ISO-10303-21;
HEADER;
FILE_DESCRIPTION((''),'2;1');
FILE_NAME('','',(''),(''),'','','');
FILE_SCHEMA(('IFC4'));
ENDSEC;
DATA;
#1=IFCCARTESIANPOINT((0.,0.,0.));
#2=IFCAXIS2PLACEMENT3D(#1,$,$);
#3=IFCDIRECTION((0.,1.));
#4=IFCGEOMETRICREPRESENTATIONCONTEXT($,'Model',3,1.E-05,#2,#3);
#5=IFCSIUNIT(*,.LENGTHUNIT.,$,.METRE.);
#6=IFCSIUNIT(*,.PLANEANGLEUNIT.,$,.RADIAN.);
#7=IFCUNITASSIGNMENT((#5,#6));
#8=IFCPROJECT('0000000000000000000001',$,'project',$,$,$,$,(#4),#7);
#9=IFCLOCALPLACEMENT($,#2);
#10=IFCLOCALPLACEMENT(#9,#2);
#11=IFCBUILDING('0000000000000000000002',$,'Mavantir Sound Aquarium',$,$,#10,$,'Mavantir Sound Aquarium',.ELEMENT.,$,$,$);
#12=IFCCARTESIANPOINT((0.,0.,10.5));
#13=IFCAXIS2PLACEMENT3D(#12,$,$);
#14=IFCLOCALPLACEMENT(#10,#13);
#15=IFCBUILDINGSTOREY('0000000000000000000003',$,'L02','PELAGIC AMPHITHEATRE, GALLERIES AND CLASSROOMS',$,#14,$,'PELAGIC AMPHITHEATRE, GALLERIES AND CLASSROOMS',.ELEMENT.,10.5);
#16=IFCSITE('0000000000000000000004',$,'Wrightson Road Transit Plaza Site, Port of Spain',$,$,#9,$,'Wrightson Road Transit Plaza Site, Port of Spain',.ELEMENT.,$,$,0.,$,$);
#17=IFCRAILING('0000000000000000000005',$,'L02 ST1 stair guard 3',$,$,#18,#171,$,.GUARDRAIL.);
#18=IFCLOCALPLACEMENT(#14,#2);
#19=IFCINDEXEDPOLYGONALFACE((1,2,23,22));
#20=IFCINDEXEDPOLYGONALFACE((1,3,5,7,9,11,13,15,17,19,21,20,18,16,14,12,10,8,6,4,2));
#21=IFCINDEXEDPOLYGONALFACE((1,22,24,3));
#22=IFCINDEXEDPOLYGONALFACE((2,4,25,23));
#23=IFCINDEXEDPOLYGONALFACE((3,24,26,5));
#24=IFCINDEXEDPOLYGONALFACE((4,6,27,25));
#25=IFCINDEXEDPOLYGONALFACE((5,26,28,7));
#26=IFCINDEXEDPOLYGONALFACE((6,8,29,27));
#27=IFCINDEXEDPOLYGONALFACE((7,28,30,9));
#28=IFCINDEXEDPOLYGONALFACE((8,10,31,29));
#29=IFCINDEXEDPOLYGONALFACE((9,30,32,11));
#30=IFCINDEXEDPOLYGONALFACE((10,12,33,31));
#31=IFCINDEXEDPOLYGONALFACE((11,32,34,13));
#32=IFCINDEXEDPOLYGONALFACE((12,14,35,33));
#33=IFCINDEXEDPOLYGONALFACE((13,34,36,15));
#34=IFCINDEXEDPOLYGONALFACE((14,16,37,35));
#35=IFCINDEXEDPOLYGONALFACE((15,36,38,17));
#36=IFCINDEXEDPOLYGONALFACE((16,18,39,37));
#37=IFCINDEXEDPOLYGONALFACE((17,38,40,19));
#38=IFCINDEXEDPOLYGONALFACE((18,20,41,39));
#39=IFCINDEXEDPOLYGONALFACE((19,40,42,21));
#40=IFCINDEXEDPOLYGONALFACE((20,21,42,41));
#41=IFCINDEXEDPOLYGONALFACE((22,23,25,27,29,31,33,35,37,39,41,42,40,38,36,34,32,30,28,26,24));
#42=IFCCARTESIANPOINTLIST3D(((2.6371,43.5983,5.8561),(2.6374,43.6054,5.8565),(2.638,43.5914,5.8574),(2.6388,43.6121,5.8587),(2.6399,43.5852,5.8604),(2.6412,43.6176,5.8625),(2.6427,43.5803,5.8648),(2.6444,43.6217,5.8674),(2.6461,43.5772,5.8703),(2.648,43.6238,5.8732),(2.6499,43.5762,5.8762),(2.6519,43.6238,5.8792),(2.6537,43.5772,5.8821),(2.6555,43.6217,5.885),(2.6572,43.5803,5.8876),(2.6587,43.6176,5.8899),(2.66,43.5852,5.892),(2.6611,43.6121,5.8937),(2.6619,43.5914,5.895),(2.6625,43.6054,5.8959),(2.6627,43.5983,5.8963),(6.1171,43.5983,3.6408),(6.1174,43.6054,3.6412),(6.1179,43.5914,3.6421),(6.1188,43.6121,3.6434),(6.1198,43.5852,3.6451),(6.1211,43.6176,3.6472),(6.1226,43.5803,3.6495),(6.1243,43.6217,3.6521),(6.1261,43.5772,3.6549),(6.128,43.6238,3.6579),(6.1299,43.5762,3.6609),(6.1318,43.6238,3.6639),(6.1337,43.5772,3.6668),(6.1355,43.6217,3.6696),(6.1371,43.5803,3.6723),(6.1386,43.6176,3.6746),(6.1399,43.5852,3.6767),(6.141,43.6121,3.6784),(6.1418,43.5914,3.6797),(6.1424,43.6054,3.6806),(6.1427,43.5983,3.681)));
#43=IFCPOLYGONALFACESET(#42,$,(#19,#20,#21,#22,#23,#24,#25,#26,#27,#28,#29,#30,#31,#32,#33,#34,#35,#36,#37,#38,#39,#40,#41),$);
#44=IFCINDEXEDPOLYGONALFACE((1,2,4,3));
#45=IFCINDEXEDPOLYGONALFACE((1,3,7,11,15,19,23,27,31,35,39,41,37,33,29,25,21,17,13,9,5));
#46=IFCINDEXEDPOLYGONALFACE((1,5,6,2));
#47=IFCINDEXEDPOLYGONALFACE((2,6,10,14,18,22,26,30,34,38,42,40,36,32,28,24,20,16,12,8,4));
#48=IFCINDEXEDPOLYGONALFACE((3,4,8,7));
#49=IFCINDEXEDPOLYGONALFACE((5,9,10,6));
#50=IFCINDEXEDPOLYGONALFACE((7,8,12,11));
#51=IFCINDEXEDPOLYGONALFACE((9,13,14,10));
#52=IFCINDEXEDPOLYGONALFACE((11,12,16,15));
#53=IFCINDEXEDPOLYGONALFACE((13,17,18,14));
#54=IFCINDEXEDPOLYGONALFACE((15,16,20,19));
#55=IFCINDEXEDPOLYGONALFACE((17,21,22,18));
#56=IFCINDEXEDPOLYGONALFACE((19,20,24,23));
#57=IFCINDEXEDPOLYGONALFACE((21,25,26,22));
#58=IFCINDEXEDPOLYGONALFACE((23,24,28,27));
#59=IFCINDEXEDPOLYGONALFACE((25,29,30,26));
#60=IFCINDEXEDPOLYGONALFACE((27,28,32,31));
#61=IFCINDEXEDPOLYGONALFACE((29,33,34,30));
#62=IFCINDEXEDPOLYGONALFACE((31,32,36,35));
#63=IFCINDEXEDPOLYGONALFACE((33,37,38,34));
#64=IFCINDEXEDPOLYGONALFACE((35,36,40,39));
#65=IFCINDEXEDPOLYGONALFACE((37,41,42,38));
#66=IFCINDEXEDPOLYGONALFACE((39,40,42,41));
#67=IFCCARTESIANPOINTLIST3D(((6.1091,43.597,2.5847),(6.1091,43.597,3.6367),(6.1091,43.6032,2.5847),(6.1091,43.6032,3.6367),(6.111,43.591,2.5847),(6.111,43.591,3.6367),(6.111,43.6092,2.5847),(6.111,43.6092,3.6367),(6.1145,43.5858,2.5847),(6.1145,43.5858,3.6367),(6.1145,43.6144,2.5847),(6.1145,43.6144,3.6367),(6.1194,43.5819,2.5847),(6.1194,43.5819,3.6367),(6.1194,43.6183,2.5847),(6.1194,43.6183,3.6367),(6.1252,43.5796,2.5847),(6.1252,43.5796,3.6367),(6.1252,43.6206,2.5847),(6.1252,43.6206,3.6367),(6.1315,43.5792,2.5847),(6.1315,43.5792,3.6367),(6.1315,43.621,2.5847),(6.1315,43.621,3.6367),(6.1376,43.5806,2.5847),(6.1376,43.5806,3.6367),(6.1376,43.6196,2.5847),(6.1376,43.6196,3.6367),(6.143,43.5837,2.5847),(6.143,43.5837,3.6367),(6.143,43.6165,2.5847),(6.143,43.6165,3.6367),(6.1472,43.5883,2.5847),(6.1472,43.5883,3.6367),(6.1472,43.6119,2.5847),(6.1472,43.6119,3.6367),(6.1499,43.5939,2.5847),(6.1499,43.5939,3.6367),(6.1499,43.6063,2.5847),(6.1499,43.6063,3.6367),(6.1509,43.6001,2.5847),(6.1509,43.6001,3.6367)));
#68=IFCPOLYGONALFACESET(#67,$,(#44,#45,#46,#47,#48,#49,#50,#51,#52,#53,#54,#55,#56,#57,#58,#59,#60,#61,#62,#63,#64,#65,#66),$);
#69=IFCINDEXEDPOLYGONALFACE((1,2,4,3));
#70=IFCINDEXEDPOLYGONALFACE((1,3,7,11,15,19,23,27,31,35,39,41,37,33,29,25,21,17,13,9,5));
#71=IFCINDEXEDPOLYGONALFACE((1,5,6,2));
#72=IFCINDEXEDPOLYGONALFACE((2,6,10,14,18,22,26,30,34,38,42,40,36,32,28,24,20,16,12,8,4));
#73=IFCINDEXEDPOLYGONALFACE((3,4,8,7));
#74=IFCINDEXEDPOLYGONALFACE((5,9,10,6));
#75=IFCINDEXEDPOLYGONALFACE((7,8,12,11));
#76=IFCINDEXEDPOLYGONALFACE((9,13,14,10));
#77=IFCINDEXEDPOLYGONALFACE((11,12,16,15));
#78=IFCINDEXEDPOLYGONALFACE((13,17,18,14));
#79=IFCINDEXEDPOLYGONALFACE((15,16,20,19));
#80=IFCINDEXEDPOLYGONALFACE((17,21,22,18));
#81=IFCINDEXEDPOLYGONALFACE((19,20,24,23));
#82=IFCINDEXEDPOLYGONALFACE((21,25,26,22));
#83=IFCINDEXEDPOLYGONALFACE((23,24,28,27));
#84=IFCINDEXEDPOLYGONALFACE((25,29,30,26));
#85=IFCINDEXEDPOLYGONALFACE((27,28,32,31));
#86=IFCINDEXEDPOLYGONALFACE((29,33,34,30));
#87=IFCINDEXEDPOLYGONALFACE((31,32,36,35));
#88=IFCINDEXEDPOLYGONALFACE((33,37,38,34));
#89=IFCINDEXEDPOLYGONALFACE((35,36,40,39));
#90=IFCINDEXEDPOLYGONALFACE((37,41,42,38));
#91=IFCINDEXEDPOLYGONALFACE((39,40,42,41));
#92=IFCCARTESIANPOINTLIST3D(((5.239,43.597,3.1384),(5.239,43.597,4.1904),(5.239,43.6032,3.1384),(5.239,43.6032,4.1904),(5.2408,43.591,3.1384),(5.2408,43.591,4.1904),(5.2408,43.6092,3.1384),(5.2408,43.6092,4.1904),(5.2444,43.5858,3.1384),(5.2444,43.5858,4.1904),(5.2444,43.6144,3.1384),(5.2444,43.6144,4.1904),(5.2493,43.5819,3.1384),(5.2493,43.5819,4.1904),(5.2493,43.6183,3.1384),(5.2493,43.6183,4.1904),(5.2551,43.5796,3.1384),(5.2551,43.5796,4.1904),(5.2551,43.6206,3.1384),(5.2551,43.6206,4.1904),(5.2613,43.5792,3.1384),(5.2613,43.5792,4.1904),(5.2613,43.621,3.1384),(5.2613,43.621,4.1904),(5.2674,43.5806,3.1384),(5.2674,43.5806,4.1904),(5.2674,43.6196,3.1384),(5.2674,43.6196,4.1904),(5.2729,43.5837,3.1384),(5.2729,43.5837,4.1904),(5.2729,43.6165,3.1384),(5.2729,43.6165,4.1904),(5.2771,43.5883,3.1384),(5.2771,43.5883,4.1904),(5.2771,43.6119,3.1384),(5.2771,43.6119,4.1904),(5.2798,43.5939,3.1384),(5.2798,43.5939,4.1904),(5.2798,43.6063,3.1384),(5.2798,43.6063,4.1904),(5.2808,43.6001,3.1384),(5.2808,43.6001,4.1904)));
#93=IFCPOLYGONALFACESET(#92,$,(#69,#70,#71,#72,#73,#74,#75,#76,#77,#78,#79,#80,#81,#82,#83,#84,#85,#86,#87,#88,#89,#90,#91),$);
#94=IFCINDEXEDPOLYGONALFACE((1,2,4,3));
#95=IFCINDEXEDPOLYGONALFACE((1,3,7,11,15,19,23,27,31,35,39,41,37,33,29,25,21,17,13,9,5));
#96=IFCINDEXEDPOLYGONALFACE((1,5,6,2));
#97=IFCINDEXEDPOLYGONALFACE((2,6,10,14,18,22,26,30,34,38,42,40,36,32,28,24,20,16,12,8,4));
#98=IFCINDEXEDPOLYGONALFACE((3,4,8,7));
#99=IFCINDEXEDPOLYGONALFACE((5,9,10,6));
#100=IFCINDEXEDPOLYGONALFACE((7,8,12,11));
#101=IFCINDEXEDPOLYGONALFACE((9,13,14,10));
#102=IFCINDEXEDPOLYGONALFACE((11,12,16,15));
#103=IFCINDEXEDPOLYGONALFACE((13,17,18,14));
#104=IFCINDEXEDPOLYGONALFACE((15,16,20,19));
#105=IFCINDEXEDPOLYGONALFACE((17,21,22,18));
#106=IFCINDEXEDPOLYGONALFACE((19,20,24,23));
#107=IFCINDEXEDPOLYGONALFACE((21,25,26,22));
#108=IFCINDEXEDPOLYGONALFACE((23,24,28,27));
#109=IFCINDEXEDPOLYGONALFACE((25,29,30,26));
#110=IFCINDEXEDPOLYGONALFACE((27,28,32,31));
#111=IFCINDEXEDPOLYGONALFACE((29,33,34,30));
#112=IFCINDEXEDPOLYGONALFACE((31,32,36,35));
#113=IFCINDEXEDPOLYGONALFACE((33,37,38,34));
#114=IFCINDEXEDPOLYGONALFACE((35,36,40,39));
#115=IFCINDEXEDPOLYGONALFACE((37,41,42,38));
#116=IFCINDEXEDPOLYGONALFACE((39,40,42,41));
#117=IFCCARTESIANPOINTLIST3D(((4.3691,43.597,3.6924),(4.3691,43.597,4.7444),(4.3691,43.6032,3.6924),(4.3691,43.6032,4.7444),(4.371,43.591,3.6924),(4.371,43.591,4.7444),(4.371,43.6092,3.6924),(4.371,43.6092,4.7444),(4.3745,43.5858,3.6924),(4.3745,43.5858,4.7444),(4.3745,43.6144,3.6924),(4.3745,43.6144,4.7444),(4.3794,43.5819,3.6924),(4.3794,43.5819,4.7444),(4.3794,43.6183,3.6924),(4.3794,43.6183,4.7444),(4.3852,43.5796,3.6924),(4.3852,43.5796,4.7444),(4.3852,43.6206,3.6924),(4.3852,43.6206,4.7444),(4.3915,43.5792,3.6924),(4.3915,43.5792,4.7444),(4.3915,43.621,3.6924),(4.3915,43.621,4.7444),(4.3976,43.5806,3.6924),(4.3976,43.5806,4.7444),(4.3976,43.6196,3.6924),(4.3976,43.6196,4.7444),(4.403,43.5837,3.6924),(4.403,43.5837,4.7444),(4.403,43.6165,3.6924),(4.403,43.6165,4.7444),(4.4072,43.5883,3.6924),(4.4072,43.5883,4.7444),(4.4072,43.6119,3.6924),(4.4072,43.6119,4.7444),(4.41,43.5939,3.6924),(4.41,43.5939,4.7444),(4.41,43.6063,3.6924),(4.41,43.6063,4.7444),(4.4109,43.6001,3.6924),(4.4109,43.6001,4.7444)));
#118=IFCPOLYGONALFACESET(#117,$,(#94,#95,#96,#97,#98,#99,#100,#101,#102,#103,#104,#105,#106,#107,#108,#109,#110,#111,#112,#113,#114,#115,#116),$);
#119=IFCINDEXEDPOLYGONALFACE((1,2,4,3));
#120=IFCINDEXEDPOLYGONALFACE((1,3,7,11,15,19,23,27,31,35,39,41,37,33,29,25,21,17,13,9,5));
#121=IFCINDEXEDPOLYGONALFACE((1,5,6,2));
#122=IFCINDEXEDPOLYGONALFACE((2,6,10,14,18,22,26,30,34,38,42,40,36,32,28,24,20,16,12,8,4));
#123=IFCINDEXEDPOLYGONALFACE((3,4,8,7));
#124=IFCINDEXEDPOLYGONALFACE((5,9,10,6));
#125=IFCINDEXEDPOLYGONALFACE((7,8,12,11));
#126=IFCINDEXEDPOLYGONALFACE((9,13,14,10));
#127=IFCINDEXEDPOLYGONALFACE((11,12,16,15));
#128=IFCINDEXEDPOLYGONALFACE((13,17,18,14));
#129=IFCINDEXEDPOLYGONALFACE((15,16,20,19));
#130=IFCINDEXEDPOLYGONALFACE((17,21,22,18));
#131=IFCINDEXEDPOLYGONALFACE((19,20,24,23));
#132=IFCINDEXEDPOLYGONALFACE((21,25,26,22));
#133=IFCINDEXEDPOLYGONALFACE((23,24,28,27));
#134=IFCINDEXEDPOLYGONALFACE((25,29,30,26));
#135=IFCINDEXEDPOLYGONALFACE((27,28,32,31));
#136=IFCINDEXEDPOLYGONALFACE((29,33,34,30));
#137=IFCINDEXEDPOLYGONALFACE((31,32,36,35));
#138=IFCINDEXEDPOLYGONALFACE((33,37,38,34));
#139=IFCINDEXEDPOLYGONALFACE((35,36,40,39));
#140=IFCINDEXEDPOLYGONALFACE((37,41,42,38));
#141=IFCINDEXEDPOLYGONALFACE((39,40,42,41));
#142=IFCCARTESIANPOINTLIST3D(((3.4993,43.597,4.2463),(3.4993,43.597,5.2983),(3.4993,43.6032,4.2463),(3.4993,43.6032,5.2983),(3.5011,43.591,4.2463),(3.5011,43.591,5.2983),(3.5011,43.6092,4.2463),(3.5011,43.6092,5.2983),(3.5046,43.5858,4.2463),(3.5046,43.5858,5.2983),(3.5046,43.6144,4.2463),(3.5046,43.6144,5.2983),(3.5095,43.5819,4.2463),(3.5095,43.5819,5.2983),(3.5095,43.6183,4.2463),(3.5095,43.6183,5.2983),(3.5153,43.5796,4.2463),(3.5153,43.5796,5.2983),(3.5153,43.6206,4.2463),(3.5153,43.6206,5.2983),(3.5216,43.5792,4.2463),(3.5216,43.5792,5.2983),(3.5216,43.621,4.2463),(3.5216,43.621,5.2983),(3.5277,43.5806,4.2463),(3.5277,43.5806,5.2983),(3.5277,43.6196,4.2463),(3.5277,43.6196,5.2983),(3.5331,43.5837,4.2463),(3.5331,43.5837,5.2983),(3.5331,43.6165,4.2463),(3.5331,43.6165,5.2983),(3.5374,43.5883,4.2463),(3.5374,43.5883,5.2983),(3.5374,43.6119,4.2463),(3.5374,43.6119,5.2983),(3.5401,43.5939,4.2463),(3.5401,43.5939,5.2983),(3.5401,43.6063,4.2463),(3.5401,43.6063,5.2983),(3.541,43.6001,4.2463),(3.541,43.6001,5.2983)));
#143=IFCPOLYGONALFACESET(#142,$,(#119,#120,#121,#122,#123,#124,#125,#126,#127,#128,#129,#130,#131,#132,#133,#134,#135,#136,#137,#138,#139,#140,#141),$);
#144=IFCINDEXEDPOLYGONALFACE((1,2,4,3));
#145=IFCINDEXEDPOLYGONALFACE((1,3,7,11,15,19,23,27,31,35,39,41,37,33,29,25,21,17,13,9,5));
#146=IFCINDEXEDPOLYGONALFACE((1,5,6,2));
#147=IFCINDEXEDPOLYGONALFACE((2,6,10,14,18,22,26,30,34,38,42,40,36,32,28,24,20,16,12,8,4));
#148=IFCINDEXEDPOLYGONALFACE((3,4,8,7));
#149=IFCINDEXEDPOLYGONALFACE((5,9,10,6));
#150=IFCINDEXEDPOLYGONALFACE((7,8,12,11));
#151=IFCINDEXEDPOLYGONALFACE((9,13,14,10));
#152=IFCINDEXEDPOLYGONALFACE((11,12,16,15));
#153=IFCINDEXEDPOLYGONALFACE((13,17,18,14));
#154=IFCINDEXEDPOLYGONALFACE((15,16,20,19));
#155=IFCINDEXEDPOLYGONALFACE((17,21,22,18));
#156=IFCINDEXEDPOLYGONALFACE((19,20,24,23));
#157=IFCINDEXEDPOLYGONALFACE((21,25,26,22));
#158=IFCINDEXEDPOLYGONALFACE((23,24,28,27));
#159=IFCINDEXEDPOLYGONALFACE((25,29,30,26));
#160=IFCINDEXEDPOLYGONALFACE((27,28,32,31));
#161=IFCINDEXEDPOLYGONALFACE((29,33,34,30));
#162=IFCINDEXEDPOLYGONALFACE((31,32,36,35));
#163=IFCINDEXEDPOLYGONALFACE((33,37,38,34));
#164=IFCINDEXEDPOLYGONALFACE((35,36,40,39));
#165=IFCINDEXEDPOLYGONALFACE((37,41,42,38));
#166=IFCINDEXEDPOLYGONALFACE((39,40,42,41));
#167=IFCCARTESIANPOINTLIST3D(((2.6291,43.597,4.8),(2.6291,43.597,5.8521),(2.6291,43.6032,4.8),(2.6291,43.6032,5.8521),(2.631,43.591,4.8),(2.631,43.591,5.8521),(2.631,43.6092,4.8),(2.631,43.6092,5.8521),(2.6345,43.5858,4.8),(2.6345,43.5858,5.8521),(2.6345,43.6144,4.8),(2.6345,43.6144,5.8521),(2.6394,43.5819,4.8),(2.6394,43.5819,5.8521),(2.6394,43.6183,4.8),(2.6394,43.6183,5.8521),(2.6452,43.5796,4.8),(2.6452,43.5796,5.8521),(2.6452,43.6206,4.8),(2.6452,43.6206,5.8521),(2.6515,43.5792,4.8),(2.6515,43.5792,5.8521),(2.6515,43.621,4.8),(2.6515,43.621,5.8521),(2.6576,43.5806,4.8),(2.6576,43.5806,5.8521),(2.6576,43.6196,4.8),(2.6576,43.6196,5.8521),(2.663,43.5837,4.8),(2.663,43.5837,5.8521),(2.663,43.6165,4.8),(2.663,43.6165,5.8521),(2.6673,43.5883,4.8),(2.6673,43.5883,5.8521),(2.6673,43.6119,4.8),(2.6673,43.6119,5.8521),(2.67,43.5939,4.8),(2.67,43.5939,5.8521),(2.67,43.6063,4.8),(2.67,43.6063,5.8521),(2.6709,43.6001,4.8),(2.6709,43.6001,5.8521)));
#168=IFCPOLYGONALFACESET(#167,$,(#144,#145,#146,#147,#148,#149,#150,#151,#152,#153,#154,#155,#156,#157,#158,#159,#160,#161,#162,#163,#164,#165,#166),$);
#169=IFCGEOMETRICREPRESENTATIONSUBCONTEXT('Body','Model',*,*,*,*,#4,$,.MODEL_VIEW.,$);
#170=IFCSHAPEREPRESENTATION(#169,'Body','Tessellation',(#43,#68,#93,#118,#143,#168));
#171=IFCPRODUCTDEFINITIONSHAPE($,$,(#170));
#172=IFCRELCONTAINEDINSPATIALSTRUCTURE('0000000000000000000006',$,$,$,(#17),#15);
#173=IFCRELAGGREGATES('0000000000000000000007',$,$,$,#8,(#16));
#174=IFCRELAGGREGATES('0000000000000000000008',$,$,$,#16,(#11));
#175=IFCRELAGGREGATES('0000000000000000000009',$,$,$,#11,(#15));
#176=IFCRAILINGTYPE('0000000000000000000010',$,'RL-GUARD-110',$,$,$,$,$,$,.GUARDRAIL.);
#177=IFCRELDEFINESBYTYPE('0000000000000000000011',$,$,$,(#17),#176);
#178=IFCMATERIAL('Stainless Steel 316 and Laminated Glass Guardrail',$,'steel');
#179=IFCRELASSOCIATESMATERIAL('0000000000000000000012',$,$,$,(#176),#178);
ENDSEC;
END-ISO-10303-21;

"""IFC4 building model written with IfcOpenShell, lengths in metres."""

from ifc_helpers import new_model, si_unit, direction, frame, origin, origin_2d, place, context, subcontext, project, spatial, circle, extrude, material, type_object, element, save


model = new_model("IFC4")

# Units and contexts
model_context = context("Model", 3, precision=1e-05, world=origin(), true_north=direction((0.0, 1.0)))
body_context = subcontext(model_context, "Body", "Model", "MODEL_VIEW")
ifc_project = project(units=[si_unit("LENGTHUNIT", "METRE"), si_unit("PLANEANGLEUNIT", "RADIAN")], contexts=[model_context])

# Site, building, storey
site_placement = place(None, origin())
site = spatial("IfcSite", under=ifc_project, at=site_placement, Name="Wrightson Road Transit Plaza Site, Port of Spain", LongName="Wrightson Road Transit Plaza Site, Port of Spain", CompositionType="ELEMENT", RefElevation=0.0)
building_placement = place(site_placement, origin())
building = spatial("IfcBuilding", under=site, at=building_placement, Name="Mavantir Sound Aquarium", LongName="Mavantir Sound Aquarium", CompositionType="ELEMENT")
storey_placement = place(building_placement, frame((0.0, 0.0, 10.5)))
storey = spatial("IfcBuildingStorey", under=building, at=storey_placement, Name="L02", Description="PELAGIC AMPHITHEATRE, GALLERIES AND CLASSROOMS", LongName="PELAGIC AMPHITHEATRE, GALLERIES AND CLASSROOMS", CompositionType="ELEMENT", Elevation=10.5)

# Railing
ifc_material_1 = material(Name="Stainless Steel 316 and Laminated Glass Guardrail", Category="steel")
railing_type_1 = type_object("IfcRailingType", Name="RL-GUARD-110", PredefinedType="GUARDRAIL", material=ifc_material_1)
railing_1_placement = place(storey_placement, frame((6.1299, 43.6001, 2.5847)))
element("IfcRailing", 1, at=railing_1_placement, inside=storey, type_object=railing_type_1, Name="L02 ST1 stair guard 3", PredefinedType="GUARDRAIL", context=body_context, shape_type="SweptSolid", body=[
    extrude(circle(Radius=0.0239, at=origin_2d()), frame((0.0, 0.0, 1.0762), z_axis=(-0.843574, 0.0, 0.537013), x_axis=(0.0, -1.0, 0.0)), (0.0, 0.0, 1.0), 4.1252),
    extrude(circle(Radius=0.021, at=origin_2d()), origin(), (0.0, 0.0, 1.0), 1.052),
    extrude(circle(Radius=0.021, at=origin_2d()), frame((-0.8701, 0.0, 0.5537)), (0.0, 0.0, 1.0), 1.052),
    extrude(circle(Radius=0.021, at=origin_2d()), frame((-1.74, 0.0, 1.1077)), (0.0, 0.0, 1.0), 1.052),
    extrude(circle(Radius=0.021, at=origin_2d()), frame((-2.6099, 0.0, 1.6616)), (0.0, 0.0, 1.0), 1.052),
    extrude(circle(Radius=0.021, at=origin_2d()), frame((-3.48, 0.0, 2.2153)), (0.0, 0.0, 1.0), 1.052),
])

save(model, "model.ifc")
